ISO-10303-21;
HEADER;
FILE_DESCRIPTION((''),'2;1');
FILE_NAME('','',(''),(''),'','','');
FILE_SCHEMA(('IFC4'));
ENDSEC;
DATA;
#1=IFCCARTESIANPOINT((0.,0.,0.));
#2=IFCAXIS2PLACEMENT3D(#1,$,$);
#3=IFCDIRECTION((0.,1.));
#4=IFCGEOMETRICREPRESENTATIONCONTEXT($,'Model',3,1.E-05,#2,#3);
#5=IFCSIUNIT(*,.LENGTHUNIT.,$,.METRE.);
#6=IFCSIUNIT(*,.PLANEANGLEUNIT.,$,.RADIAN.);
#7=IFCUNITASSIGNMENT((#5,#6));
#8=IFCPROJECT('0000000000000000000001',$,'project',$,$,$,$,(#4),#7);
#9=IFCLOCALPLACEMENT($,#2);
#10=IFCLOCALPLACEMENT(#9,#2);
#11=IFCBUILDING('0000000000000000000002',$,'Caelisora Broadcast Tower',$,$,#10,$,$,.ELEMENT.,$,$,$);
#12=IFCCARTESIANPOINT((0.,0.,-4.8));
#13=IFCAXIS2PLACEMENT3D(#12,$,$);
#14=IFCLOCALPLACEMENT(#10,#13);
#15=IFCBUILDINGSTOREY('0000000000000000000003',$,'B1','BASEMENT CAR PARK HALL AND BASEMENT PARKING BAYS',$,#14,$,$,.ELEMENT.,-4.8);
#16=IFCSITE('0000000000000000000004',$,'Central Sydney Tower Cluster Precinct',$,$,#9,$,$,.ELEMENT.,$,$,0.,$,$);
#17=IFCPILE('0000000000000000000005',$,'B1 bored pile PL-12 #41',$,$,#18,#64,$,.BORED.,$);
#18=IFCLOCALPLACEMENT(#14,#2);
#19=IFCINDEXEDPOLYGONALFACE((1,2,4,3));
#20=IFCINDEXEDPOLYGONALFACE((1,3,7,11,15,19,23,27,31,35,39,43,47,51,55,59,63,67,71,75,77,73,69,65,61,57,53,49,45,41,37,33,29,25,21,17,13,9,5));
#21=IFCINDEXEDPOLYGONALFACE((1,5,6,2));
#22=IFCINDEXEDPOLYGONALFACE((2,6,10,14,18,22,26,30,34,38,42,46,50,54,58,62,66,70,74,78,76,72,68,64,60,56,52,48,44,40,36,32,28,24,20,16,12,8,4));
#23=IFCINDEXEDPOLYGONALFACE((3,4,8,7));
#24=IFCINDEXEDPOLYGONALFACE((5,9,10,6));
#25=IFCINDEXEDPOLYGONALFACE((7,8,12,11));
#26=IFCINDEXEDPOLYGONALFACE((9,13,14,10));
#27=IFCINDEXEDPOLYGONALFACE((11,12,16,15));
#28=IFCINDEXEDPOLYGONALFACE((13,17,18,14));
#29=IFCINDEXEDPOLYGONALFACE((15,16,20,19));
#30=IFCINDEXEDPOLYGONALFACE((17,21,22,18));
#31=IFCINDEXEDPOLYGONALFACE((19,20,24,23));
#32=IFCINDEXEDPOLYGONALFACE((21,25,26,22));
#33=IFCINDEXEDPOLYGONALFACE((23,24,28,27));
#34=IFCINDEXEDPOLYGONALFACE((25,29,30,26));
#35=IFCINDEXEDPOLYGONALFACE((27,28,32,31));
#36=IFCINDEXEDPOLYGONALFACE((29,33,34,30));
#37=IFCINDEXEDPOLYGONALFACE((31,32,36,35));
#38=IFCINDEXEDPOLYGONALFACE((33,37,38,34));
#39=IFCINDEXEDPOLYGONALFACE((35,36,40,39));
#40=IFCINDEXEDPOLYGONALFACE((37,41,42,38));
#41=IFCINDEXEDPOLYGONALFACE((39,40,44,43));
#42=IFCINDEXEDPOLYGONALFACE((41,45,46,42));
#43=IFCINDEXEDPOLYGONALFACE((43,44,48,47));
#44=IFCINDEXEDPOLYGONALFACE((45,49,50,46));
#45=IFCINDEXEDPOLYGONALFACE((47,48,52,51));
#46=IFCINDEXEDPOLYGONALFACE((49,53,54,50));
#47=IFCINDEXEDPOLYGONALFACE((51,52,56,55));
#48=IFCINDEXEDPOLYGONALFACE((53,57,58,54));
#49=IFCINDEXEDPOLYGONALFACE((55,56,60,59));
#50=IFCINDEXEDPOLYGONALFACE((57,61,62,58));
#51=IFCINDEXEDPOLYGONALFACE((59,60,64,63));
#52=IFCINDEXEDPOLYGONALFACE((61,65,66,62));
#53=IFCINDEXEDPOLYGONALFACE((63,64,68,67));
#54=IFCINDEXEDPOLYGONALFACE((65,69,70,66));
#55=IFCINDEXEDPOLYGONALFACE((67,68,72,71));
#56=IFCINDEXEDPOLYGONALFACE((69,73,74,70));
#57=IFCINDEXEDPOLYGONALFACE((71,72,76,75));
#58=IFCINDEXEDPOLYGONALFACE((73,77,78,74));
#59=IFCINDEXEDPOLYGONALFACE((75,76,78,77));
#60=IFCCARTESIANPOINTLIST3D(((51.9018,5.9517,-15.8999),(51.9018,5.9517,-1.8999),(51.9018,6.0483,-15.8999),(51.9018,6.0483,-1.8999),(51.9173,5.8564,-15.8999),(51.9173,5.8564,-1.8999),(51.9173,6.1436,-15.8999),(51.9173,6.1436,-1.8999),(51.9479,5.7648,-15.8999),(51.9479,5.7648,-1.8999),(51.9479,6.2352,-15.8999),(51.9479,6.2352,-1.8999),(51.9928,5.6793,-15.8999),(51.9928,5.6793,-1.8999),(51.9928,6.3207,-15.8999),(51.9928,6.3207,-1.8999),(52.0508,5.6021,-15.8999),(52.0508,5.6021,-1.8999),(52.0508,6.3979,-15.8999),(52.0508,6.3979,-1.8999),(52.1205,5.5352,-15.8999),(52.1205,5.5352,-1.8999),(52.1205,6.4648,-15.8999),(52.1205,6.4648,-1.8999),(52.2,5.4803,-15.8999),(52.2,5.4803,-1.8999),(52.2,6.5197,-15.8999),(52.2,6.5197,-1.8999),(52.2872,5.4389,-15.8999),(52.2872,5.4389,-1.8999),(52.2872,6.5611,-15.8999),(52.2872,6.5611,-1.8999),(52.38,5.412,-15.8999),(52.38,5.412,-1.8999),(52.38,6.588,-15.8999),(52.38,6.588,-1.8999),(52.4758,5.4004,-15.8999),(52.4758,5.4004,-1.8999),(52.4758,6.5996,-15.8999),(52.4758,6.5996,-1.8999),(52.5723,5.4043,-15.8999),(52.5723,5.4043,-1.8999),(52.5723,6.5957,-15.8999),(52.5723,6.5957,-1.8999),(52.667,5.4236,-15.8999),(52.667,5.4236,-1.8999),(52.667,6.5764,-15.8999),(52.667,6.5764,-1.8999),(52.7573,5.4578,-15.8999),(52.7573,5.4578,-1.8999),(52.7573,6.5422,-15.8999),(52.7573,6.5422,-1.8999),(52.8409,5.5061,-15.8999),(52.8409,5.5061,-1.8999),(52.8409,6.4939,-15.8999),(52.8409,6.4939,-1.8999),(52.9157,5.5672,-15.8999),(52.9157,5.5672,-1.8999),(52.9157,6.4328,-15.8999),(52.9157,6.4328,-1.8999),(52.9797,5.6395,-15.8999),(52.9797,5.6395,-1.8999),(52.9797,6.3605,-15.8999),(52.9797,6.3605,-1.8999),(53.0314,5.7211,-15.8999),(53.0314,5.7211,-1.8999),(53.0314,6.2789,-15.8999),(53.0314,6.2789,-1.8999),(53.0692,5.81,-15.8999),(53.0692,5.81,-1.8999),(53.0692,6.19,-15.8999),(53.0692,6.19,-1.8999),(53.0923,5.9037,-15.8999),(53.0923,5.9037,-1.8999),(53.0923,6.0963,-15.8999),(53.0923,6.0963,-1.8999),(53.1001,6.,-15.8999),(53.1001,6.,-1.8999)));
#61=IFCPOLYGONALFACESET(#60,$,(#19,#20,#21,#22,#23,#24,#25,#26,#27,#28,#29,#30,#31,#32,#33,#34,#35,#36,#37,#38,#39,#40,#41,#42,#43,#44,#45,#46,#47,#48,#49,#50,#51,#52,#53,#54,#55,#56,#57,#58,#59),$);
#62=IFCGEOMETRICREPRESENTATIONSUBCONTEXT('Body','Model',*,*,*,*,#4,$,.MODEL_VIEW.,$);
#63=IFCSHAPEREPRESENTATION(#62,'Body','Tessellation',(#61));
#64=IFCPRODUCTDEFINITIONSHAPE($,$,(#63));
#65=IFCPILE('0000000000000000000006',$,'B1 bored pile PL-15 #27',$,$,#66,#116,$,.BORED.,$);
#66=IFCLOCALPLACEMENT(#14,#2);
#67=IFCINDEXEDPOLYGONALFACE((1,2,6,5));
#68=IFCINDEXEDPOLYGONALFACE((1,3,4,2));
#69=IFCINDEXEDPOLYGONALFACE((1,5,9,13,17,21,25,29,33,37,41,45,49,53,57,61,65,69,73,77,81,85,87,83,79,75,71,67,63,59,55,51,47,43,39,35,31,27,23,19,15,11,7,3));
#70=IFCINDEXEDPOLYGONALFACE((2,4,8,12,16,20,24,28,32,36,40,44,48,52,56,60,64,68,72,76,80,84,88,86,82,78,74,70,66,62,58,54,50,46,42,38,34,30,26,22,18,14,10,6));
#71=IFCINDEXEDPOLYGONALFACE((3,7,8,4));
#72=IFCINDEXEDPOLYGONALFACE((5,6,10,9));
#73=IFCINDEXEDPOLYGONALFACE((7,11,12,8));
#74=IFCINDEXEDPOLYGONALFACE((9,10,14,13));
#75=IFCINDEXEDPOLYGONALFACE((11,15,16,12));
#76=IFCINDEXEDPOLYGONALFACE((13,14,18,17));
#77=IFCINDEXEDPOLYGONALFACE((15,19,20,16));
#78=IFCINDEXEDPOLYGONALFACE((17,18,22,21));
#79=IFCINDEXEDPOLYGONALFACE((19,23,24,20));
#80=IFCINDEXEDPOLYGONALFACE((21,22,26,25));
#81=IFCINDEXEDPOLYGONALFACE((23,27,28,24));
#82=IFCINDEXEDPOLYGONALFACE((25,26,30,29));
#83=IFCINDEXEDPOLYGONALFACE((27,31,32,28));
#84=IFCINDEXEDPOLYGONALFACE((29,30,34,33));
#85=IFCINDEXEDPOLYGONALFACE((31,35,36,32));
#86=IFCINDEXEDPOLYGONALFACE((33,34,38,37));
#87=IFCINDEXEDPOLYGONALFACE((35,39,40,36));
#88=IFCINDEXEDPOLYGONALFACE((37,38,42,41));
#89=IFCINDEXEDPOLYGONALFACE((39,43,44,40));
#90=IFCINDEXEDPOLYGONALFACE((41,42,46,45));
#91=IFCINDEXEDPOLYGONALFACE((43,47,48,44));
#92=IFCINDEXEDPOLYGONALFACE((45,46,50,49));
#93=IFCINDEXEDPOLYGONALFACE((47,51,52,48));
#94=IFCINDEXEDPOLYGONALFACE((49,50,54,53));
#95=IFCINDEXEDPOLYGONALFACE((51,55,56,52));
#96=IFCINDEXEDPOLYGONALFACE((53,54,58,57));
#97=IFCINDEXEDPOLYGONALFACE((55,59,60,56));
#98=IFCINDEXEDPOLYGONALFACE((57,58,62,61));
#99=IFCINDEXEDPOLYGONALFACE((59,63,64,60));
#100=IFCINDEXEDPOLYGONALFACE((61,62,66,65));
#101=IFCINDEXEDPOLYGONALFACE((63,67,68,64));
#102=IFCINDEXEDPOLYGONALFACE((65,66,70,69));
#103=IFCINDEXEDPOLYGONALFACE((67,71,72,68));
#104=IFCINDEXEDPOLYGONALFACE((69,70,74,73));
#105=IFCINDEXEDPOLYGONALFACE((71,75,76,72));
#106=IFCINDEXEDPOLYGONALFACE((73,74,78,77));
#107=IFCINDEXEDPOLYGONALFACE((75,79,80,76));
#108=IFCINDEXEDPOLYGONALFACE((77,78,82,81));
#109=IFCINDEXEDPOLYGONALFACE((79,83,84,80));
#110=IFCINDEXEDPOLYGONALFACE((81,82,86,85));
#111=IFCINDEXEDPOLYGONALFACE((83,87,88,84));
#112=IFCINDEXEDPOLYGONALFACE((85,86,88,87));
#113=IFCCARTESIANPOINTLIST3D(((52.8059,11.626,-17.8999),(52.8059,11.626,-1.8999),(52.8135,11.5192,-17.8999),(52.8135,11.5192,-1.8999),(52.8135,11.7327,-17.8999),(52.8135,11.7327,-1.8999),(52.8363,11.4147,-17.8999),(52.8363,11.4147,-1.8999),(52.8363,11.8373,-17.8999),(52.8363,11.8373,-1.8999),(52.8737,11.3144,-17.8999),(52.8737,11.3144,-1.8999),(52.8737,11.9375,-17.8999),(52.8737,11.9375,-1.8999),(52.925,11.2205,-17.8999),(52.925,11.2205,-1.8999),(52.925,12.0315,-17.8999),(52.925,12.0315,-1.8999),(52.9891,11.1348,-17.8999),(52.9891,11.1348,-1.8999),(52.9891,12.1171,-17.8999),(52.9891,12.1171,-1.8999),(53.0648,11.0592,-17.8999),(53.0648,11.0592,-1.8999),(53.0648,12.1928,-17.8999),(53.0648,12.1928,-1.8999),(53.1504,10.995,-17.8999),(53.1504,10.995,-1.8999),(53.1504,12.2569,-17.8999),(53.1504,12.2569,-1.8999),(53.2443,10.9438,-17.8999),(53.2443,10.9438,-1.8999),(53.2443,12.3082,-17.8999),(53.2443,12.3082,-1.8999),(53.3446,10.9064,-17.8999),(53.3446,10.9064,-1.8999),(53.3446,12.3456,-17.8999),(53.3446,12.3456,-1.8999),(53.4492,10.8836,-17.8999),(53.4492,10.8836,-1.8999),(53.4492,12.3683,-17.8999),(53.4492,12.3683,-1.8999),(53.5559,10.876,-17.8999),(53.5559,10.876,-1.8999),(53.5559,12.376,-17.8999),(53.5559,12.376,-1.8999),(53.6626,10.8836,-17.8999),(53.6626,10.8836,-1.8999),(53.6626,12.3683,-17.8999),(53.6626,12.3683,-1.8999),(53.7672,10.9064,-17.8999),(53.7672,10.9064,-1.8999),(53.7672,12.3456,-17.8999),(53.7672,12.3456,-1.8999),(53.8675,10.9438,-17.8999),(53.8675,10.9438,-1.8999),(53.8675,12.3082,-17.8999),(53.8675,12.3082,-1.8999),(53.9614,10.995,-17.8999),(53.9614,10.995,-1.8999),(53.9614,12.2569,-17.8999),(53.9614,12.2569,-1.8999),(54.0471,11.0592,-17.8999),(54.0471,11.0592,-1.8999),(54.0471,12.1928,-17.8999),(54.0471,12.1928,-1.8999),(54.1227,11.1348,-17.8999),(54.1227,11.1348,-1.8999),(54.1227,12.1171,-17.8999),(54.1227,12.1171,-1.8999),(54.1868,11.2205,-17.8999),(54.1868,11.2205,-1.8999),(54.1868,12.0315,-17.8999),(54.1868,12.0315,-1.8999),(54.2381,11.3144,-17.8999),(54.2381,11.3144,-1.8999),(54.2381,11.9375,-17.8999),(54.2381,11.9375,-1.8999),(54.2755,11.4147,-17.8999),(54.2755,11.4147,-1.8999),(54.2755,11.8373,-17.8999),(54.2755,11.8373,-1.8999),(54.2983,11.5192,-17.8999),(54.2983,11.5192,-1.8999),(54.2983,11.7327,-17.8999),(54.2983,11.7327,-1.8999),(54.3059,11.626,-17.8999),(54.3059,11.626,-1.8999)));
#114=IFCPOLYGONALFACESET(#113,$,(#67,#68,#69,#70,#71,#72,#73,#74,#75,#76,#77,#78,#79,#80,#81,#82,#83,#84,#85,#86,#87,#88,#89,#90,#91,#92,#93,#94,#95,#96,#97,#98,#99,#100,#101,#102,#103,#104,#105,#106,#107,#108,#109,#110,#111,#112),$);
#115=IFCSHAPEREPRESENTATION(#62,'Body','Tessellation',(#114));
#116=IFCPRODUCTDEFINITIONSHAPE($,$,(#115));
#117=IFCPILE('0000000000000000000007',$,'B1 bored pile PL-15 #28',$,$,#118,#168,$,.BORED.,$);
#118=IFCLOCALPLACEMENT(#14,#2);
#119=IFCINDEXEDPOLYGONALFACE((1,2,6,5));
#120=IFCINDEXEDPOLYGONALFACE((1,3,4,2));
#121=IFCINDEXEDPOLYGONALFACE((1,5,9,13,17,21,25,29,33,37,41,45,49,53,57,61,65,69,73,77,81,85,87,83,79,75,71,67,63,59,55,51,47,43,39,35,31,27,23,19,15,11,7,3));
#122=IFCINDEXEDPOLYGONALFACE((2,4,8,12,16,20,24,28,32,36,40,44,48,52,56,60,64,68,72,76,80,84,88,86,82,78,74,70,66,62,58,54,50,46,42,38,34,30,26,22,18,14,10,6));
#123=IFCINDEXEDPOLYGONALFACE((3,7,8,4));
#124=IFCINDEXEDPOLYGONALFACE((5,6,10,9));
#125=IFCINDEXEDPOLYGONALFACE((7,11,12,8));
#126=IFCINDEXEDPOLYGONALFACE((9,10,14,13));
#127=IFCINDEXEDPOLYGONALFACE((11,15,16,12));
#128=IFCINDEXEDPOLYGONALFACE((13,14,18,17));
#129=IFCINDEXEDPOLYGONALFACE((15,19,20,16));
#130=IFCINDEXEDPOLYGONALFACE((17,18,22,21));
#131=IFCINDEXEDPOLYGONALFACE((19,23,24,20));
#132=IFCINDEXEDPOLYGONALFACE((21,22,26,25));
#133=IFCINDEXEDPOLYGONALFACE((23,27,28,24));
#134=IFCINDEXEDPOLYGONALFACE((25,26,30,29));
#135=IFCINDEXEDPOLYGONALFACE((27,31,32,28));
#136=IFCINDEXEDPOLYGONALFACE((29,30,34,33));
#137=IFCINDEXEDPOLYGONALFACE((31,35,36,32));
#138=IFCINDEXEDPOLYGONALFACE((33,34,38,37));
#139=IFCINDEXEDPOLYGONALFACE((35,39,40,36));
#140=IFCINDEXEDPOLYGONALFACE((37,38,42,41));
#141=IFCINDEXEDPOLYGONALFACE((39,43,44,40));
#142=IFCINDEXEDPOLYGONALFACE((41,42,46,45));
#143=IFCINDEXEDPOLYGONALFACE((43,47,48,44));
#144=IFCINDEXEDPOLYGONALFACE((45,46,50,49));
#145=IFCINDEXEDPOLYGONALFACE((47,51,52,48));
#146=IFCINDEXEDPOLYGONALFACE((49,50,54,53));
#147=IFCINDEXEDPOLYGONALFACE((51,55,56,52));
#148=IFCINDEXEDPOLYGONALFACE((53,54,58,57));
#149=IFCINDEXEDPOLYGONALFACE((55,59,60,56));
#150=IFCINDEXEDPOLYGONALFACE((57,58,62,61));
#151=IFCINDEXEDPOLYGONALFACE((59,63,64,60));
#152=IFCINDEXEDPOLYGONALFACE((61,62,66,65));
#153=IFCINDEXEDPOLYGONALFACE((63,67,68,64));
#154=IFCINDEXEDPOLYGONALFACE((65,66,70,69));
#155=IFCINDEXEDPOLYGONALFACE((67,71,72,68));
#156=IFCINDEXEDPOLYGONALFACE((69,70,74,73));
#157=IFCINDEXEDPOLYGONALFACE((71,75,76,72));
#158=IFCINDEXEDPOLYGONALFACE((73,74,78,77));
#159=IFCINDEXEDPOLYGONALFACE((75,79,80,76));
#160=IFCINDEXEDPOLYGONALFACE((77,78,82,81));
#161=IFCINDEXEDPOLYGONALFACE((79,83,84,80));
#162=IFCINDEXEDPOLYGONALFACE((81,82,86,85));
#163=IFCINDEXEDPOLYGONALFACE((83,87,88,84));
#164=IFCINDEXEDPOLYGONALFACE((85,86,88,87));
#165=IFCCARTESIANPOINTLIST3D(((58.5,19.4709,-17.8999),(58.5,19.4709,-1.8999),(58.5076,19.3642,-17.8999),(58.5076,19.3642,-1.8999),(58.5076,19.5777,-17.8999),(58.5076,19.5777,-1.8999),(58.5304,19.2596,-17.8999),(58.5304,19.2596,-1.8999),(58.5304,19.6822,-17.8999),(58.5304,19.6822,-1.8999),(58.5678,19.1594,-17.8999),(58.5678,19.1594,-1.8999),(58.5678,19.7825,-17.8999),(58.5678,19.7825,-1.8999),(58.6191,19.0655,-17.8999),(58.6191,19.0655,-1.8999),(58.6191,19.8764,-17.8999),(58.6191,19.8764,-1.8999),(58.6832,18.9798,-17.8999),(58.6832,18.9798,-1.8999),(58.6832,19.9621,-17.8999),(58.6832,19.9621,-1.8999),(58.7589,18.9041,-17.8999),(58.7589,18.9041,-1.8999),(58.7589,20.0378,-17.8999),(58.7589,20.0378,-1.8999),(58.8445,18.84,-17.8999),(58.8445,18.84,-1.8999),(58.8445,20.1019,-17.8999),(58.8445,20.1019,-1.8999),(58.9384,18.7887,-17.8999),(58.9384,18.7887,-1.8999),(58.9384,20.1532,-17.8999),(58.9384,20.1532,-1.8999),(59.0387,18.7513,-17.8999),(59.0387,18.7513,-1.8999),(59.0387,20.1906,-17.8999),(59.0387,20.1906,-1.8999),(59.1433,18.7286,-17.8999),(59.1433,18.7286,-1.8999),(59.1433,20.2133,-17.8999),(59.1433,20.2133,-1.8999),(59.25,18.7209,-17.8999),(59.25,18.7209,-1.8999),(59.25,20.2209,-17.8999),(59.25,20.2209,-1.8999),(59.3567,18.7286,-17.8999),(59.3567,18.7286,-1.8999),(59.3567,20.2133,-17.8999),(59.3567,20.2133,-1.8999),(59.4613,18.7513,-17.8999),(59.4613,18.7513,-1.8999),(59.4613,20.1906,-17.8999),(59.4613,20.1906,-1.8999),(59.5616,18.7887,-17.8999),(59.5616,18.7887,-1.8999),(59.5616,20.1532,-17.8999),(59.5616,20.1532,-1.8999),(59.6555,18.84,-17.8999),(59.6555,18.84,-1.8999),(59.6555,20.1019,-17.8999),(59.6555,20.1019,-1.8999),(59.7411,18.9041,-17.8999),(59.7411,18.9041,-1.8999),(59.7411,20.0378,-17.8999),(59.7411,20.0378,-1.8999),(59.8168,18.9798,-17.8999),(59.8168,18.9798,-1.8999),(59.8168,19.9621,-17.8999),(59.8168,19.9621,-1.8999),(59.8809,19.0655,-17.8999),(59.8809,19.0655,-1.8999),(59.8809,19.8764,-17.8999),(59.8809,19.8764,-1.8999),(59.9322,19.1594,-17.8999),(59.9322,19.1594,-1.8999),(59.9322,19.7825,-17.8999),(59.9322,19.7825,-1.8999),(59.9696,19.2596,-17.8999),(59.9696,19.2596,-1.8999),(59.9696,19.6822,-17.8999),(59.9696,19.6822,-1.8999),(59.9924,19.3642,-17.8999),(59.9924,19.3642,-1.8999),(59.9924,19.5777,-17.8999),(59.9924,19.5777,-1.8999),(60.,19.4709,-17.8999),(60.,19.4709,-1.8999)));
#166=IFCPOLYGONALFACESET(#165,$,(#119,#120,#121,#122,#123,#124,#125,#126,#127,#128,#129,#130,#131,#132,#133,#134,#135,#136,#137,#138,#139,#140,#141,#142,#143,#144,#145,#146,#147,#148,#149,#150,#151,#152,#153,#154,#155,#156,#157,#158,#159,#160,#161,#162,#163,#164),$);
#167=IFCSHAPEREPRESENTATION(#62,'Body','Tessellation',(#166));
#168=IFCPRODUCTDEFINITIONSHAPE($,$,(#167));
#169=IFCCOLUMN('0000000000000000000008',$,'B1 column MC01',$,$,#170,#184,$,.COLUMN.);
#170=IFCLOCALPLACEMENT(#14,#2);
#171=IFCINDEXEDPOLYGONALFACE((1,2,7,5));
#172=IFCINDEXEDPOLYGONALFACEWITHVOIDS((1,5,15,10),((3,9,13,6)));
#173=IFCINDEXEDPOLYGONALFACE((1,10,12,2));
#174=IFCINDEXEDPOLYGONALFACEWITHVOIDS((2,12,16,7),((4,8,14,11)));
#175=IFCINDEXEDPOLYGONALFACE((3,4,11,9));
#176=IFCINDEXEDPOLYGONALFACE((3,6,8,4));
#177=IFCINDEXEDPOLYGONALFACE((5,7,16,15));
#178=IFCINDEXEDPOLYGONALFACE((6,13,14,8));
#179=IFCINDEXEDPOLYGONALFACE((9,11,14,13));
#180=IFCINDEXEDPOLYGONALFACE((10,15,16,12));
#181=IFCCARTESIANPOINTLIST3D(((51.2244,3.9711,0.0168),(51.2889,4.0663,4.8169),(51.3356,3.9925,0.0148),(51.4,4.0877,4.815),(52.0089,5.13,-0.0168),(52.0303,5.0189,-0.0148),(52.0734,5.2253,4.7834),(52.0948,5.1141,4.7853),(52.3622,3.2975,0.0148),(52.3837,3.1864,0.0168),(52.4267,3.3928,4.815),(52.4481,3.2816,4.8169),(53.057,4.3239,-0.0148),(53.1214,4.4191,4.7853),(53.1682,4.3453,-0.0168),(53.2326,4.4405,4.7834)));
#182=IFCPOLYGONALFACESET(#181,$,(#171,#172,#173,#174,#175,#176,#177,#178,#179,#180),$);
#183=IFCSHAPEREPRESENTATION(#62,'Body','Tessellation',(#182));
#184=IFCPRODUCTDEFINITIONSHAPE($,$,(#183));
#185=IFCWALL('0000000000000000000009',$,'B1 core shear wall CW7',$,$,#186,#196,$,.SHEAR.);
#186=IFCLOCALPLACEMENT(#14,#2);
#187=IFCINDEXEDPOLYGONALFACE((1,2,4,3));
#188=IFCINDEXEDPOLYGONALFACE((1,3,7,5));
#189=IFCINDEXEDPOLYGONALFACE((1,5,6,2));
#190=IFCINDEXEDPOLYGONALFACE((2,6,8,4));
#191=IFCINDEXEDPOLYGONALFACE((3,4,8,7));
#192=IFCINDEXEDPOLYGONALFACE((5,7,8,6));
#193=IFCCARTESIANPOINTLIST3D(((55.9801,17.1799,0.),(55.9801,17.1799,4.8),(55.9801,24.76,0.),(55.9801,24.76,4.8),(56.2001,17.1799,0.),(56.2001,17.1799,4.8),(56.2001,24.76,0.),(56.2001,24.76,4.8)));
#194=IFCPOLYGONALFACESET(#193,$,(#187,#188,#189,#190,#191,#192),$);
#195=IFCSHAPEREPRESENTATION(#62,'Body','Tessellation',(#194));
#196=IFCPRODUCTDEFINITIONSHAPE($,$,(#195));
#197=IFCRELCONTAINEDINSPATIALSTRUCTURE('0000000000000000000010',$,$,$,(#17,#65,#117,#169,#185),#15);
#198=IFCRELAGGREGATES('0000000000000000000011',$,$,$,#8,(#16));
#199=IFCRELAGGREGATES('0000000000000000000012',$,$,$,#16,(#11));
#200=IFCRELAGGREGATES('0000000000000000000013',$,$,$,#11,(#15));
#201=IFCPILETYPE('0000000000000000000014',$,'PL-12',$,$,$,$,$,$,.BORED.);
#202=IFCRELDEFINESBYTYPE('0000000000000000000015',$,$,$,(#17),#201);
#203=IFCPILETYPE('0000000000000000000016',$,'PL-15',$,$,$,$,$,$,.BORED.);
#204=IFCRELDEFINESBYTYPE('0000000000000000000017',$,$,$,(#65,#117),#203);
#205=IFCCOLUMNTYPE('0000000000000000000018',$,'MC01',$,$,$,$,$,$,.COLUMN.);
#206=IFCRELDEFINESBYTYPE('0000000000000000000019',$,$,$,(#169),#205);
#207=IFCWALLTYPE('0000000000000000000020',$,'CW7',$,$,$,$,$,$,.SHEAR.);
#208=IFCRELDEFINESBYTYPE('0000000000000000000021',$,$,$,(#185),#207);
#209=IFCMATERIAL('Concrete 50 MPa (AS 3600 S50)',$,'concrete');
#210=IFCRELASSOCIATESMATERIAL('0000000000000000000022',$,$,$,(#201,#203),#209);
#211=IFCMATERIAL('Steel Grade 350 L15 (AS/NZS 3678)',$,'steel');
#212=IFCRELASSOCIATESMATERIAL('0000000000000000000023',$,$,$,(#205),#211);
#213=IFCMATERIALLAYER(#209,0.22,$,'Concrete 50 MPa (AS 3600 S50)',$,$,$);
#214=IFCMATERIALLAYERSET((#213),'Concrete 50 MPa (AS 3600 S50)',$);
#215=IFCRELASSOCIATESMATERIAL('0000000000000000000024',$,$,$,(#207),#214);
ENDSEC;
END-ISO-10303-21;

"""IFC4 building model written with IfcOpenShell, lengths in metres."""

from ifc_helpers import new_model, si_unit, direction, frame, frame_2d, origin, origin_2d, place, context, subcontext, project, spatial, rectangle, hollow_rectangle, circle, extrude, source, transform, mapped, material, layer, layer_set, material_profile, profile_set, type_object, type_shapes, element, save


model = new_model("IFC4")

# Units and contexts
model_context = context("Model", 3, precision=1e-05, world=origin(), true_north=direction((0.0, 1.0)))
body_context = subcontext(model_context, "Body", "Model", "MODEL_VIEW")
ifc_project = project(units=[si_unit("LENGTHUNIT", "METRE"), si_unit("PLANEANGLEUNIT", "RADIAN")], contexts=[model_context])

# Site, building, storey
site_placement = place(None, origin())
site = spatial("IfcSite", under=ifc_project, at=site_placement, Name="Central Sydney Tower Cluster Precinct", CompositionType="ELEMENT", RefElevation=0.0)
building_placement = place(site_placement, origin())
building = spatial("IfcBuilding", under=site, at=building_placement, Name="Caelisora Broadcast Tower", CompositionType="ELEMENT")
storey_placement = place(building_placement, frame((0.0, 0.0, -4.8)))
storey = spatial("IfcBuildingStorey", under=building, at=storey_placement, Name="B1", Description="BASEMENT CAR PARK HALL AND BASEMENT PARKING BAYS", CompositionType="ELEMENT", Elevation=-4.8)

# Piles
ifc_material_1 = material(Name="Concrete 50 MPa (AS 3600 S50)", Category="concrete")
ifc_material_profile_1 = material_profile(ifc_material_1, circle(Radius=0.6001, at=origin_2d()), Name="Concrete 50 MPa (AS 3600 S50)")
ifc_profile_set_1 = profile_set([ifc_material_profile_1], Name="Concrete 50 MPa (AS 3600 S50)")
pile_type_1 = type_object("IfcPileType", Name="PL-12", PredefinedType="BORED", material=ifc_profile_set_1)
pile_placement = place(storey_placement, frame((52.5, 6.0, -1.8999), z_axis=(0.0, 0.0, -1.0), x_axis=(1.0, 0.0, 0.0)))
element("IfcPile", 1, at=pile_placement, inside=storey, type_object=pile_type_1, Name="B1 bored pile PL-12 #41", PredefinedType="BORED", context=body_context, shape_type="SweptSolid", body=[
    extrude(circle(Radius=0.6001, at=origin_2d()), origin(), (0.0, 0.0, 1.0), 14.0),
])
ifc_material_profile_2 = material_profile(ifc_material_1, circle(Radius=0.75, at=origin_2d()), Name="Concrete 50 MPa (AS 3600 S50)")
ifc_profile_set_2 = profile_set([ifc_material_profile_2], Name="Concrete 50 MPa (AS 3600 S50)")
pile_type_2 = type_object("IfcPileType", Name="PL-15", PredefinedType="BORED", material=ifc_profile_set_2)
for number, where, z_axis, x_axis, name in (
    (2, (53.5559, 11.626, -1.8999), (0.0, 0.0, -1.0), (1.0, 0.0, 0.0), "B1 bored pile PL-15 #27"),
    (3, (59.25, 19.4709, -1.8999), (0.0, 0.0, -1.0), (1.0, 0.0, 0.0), "B1 bored pile PL-15 #28"),
):
    element("IfcPile", number, at=place(storey_placement, frame(where, z_axis=z_axis, x_axis=x_axis)), inside=storey, type_object=pile_type_2, Name=name, PredefinedType="BORED", context=body_context, shape_type="SweptSolid", body=[
        extrude(circle(Radius=0.75, at=origin_2d()), origin(), (0.0, 0.0, 1.0), 16.0),
    ])

# Column
ifc_material_2 = material(Name="Steel Grade 350 L15 (AS/NZS 3678)", Category="steel")
ifc_material_profile_3 = material_profile(ifc_material_2, hollow_rectangle(XDim=1.3999, YDim=1.3999, WallThickness=0.0801, at=origin_2d()), Name="Steel Grade 350 L15 (AS/NZS 3678)")
ifc_profile_set_3 = profile_set([ifc_material_profile_3], Name="Steel Grade 350 L15 (AS/NZS 3678)")
column_type = type_object("IfcColumnType", Name="MC01", PredefinedType="COLUMN", material=ifc_profile_set_3)
shared_shape_1 = source(origin(), body_context, "Body", "SweptSolid", [
    extrude(hollow_rectangle(XDim=1.3999, YDim=1.3999, WallThickness=0.0801, at=origin_2d()), origin(), (0.0, 0.0, 1.0), 4.8015),
])
type_shapes(column_type, [shared_shape_1])
column_placement = place(storey_placement, frame((52.1963, 4.1582, 0.0), z_axis=(0.013424, 0.019831, 0.999713), x_axis=(-0.828109, 0.560566, 0.0)))
element("IfcColumn", 4, at=column_placement, inside=storey, type_object=column_type, Name="B1 column MC01", PredefinedType="COLUMN", context=body_context, shape_type="MappedRepresentation", body=[
    mapped(shared_shape_1, transform((0.0, 0.0, 0.0), scale=1.0)),
])

# Wall
ifc_layer_1 = layer(ifc_material_1, 0.22, Name="Concrete 50 MPa (AS 3600 S50)")
ifc_layer_set_1 = layer_set([ifc_layer_1], Name="Concrete 50 MPa (AS 3600 S50)")
wall_type_1 = type_object("IfcWallType", Name="CW7", PredefinedType="SHEAR", material=ifc_layer_set_1)
for number, where, z_axis, x_axis, name in (
    (5, (56.0901, 17.1799, 0.0), (0.0, 0.0, 1.0), (0.0, 1.0, 0.0), "B1 core shear wall CW7"),
):
    element("IfcWall", number, at=place(storey_placement, frame(where, z_axis=z_axis, x_axis=x_axis)), inside=storey, type_object=wall_type_1, Name=name, PredefinedType="SHEAR", context=body_context, shape_type="SweptSolid", body=[
        extrude(rectangle(XDim=7.5801, YDim=0.22, at=frame_2d((3.79, 0.0))), origin(), (0.0, 0.0, 1.0), 4.8),
    ])

save(model, "model.ifc")
